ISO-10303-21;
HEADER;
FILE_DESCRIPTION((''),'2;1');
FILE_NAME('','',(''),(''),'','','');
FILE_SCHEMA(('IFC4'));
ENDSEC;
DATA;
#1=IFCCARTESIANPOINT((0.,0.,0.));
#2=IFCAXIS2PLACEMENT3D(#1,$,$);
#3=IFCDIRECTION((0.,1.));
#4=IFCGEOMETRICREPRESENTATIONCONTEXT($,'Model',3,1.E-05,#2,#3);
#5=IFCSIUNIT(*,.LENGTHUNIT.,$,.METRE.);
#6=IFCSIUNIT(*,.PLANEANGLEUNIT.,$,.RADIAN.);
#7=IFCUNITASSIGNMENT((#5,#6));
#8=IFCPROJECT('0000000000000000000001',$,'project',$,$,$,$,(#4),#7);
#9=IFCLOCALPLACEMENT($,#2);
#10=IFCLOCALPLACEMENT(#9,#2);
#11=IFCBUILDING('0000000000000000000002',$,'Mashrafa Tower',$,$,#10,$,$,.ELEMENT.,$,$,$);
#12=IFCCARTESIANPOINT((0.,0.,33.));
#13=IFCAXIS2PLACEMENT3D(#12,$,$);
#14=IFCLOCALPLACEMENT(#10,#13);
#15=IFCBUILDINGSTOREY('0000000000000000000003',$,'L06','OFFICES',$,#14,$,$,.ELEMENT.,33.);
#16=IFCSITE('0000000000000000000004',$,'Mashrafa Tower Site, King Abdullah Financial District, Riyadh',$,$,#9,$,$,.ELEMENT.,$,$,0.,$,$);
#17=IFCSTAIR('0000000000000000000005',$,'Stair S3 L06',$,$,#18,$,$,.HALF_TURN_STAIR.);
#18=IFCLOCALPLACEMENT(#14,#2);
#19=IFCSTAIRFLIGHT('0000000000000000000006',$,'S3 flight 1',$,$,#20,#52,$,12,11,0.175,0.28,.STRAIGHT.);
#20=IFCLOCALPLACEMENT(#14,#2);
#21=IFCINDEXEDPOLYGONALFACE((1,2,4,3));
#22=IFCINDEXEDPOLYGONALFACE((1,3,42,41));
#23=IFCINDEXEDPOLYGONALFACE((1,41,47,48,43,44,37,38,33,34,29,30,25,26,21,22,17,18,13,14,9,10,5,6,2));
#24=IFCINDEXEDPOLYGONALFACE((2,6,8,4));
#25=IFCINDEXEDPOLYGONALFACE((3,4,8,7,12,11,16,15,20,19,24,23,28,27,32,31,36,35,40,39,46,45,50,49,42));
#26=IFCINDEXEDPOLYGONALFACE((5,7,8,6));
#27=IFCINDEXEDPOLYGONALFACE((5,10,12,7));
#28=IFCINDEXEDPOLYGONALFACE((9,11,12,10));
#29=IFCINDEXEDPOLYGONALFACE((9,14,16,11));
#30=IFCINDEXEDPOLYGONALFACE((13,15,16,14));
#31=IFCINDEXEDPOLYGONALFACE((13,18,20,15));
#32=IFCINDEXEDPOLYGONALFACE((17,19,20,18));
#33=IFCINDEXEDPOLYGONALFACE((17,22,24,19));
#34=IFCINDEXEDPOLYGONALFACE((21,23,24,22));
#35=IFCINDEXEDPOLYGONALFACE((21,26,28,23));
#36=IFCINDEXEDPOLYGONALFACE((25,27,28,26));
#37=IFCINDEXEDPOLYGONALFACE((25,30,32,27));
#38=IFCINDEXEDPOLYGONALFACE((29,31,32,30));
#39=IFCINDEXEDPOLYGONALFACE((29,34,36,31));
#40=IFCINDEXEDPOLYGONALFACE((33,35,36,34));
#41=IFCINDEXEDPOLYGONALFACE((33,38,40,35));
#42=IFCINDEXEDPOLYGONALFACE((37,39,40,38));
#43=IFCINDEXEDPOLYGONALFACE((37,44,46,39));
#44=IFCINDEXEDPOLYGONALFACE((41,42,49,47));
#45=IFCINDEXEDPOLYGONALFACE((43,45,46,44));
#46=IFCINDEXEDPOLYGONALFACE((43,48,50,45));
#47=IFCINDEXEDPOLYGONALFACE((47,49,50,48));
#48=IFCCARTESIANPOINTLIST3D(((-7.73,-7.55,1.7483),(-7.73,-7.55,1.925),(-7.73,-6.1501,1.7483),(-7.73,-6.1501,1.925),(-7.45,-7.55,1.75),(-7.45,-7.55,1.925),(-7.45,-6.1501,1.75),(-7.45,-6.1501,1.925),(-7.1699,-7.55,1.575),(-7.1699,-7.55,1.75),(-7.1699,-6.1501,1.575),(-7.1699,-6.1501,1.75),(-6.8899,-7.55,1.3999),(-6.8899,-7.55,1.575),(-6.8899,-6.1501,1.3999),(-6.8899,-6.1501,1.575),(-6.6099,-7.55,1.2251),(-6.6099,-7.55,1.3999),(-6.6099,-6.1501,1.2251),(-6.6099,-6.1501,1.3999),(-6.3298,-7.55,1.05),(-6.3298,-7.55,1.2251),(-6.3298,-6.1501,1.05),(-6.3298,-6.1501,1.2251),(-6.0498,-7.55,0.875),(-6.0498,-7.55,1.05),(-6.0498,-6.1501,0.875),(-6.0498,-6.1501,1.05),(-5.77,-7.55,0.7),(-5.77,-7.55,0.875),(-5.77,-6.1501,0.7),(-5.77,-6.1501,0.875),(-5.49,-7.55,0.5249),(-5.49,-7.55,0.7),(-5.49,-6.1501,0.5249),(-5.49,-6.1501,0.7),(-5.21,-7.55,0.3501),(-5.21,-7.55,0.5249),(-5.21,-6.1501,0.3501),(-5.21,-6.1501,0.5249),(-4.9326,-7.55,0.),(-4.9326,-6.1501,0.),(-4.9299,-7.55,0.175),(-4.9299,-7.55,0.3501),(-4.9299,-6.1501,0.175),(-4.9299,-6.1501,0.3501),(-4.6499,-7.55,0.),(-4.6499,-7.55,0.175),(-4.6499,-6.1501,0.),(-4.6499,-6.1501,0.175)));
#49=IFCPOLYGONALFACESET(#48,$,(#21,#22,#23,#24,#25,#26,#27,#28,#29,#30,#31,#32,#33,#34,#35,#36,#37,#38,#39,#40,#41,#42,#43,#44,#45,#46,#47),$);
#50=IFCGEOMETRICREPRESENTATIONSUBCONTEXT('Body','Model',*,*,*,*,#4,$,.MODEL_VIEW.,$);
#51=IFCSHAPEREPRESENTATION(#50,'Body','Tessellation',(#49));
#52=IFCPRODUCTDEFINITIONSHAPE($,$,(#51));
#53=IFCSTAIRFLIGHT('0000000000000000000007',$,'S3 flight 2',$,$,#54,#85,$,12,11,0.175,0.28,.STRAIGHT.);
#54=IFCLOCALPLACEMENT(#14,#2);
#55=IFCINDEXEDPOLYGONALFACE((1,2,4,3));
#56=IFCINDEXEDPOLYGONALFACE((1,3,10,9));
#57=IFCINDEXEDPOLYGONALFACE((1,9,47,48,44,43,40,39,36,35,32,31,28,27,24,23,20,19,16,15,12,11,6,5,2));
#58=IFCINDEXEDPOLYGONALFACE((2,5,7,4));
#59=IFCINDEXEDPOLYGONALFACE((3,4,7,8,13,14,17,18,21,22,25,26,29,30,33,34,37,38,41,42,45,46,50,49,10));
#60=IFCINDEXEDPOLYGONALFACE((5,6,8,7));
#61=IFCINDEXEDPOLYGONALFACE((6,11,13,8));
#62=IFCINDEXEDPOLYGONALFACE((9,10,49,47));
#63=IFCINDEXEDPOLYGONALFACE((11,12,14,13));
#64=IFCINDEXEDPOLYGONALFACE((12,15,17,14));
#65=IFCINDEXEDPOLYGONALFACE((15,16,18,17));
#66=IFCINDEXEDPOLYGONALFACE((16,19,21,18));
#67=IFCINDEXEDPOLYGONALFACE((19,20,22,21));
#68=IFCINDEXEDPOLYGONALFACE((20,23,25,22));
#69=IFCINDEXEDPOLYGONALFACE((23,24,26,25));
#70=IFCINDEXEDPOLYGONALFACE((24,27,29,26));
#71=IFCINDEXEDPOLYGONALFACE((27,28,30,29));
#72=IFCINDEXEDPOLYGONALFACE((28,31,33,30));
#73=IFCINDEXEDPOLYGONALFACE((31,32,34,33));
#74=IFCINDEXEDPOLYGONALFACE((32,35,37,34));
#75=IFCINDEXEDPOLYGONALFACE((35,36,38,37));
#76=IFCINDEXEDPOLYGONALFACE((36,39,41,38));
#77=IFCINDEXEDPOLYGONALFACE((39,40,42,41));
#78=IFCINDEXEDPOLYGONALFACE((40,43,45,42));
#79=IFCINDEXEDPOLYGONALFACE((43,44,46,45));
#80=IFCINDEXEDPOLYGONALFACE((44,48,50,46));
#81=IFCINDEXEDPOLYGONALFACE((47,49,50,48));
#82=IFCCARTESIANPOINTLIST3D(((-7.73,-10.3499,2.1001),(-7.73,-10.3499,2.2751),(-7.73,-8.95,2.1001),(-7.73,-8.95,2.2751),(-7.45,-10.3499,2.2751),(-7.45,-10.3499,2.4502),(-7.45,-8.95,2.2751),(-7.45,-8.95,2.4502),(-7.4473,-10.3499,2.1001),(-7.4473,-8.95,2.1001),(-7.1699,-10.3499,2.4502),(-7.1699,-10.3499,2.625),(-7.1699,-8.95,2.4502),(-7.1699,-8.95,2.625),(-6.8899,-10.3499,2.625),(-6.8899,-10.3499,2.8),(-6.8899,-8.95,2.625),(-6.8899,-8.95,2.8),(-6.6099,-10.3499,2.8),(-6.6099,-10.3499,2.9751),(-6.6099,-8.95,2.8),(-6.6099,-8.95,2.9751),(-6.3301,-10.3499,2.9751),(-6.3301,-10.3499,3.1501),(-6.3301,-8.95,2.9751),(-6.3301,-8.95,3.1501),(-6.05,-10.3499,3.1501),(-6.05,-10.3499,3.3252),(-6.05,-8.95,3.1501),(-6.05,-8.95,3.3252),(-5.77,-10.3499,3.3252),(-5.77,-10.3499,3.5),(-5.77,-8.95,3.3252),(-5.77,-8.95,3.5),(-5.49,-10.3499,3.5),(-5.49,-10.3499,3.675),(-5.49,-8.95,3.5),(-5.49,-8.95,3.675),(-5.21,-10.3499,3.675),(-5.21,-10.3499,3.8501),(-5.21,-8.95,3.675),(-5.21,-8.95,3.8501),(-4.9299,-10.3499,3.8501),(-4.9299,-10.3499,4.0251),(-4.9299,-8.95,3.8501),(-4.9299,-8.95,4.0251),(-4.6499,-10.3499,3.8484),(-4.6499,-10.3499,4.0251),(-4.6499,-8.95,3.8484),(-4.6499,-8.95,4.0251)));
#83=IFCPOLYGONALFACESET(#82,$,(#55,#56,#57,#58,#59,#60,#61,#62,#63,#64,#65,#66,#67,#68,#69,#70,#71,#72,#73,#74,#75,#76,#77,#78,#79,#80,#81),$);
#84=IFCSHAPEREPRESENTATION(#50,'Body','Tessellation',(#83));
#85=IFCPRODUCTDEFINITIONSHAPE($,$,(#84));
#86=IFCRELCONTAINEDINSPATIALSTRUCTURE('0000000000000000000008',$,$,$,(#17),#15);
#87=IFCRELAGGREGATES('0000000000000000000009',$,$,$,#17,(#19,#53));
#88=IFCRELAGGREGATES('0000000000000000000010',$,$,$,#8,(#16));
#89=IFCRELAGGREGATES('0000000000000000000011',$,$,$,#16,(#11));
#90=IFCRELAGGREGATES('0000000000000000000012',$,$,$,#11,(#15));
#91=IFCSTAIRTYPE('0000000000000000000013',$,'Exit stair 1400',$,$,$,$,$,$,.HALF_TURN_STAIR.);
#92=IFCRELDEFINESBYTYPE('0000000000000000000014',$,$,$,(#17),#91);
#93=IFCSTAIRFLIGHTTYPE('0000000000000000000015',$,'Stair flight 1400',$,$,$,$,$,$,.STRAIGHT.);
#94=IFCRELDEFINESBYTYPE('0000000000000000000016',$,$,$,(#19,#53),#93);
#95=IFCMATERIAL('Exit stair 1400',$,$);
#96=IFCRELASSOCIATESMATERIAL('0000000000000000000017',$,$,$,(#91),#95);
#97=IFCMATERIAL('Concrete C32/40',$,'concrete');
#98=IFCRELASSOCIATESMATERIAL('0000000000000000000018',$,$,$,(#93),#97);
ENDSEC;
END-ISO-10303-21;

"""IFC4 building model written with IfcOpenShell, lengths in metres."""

from ifc_helpers import new_model, si_unit, direction, frame, origin, place, context, subcontext, project, spatial, polyline, outline, extrude, material, type_object, element, aggregate, save


model = new_model("IFC4")

# Units and contexts
model_context = context("Model", 3, precision=1e-05, world=origin(), true_north=direction((0.0, 1.0)))
body_context = subcontext(model_context, "Body", "Model", "MODEL_VIEW")
ifc_project = project(units=[si_unit("LENGTHUNIT", "METRE"), si_unit("PLANEANGLEUNIT", "RADIAN")], contexts=[model_context])

# Site, building, storey
site_placement = place(None, origin())
site = spatial("IfcSite", under=ifc_project, at=site_placement, Name="Mashrafa Tower Site, King Abdullah Financial District, Riyadh", CompositionType="ELEMENT", RefElevation=0.0)
building_placement = place(site_placement, origin())
building = spatial("IfcBuilding", under=site, at=building_placement, Name="Mashrafa Tower", CompositionType="ELEMENT")
storey_placement = place(building_placement, frame((0.0, 0.0, 33.0)))
storey = spatial("IfcBuildingStorey", under=building, at=storey_placement, Name="L06", Description="OFFICES", CompositionType="ELEMENT", Elevation=33.0)

# Stair, stair flights
ifc_material_1 = material(Name="Exit stair 1400")
stair_type = type_object("IfcStairType", Name="Exit stair 1400", PredefinedType="HALF_TURN_STAIR", material=ifc_material_1)
stair_placement = place(storey_placement, origin())
stair = element("IfcStair", 1, at=stair_placement, inside=storey, type_object=stair_type, Name="Stair S3 L06", PredefinedType="HALF_TURN_STAIR")
ifc_material_2 = material(Name="Concrete C32/40", Category="concrete")
stair_flight_type = type_object("IfcStairFlightType", Name="Stair flight 1400", PredefinedType="STRAIGHT", material=ifc_material_2)
stair_flight_1_placement = place(storey_placement, frame((-4.6499, -6.8501, 0.0), z_axis=(0.0, 0.0, 1.0), x_axis=(-1.0, 0.0, 0.0)))
stair_flight_1 = element("IfcStairFlight", 2, at=stair_flight_1_placement, type_object=stair_flight_type, Name="S3 flight 1", NumberOfRisers=12, NumberOfTreads=11, PredefinedType="STRAIGHT", RiserHeight=0.175, TreadLength=0.28, context=body_context, shape_type="SweptSolid", body=[
    extrude(outline(polyline([(0.0, 0.0), (0.0, 0.175), (0.28, 0.175), (0.28, 0.3501), (0.5601, 0.3501), (0.5601, 0.5249), (0.8401, 0.5249), (0.8401, 0.7), (1.1201, 0.7), (1.1201, 0.875), (1.3999, 0.875), (1.3999, 1.05), (1.6799, 1.05), (1.6799, 1.2251), (1.96, 1.2251), (1.96, 1.3999), (2.24, 1.3999), (2.24, 1.575), (2.52, 1.575), (2.52, 1.75), (2.8, 1.75), (2.8, 1.925), (3.0801, 1.925), (3.0801, 2.1001), (3.0801, 1.7483), (0.2827, 0.0), (0.0, 0.0)])), frame((0.0, 0.7, 0.0), z_axis=(0.0, -1.0, 0.0), x_axis=(1.0, 0.0, 0.0)), (0.0, 0.0, 1.0), 1.3999),
])
stair_flight_2_placement = place(storey_placement, frame((-7.73, -9.6499, 2.1001), z_axis=(0.0, 0.0, 1.0), x_axis=(1.0, 0.0, 0.0)))
stair_flight_2 = element("IfcStairFlight", 3, at=stair_flight_2_placement, type_object=stair_flight_type, Name="S3 flight 2", NumberOfRisers=12, NumberOfTreads=11, PredefinedType="STRAIGHT", RiserHeight=0.175, TreadLength=0.28, context=body_context, shape_type="SweptSolid", body=[
    extrude(outline(polyline([(0.0, 0.0), (0.0, 0.175), (0.28, 0.175), (0.28, 0.3501), (0.5601, 0.3501), (0.5601, 0.5249), (0.8401, 0.5249), (0.8401, 0.7), (1.1201, 0.7), (1.1201, 0.875), (1.3999, 0.875), (1.3999, 1.05), (1.6799, 1.05), (1.6799, 1.2251), (1.96, 1.2251), (1.96, 1.3999), (2.24, 1.3999), (2.24, 1.575), (2.52, 1.575), (2.52, 1.75), (2.8, 1.75), (2.8, 1.925), (3.0801, 1.925), (3.0801, 2.1001), (3.0801, 1.7483), (0.2827, 0.0), (0.0, 0.0)])), frame((0.0, 0.7, 0.0), z_axis=(0.0, -1.0, 0.0), x_axis=(1.0, 0.0, 0.0)), (0.0, 0.0, 1.0), 1.3999),
])
aggregate(stair, [stair_flight_1, stair_flight_2])

save(model, "model.ifc")
